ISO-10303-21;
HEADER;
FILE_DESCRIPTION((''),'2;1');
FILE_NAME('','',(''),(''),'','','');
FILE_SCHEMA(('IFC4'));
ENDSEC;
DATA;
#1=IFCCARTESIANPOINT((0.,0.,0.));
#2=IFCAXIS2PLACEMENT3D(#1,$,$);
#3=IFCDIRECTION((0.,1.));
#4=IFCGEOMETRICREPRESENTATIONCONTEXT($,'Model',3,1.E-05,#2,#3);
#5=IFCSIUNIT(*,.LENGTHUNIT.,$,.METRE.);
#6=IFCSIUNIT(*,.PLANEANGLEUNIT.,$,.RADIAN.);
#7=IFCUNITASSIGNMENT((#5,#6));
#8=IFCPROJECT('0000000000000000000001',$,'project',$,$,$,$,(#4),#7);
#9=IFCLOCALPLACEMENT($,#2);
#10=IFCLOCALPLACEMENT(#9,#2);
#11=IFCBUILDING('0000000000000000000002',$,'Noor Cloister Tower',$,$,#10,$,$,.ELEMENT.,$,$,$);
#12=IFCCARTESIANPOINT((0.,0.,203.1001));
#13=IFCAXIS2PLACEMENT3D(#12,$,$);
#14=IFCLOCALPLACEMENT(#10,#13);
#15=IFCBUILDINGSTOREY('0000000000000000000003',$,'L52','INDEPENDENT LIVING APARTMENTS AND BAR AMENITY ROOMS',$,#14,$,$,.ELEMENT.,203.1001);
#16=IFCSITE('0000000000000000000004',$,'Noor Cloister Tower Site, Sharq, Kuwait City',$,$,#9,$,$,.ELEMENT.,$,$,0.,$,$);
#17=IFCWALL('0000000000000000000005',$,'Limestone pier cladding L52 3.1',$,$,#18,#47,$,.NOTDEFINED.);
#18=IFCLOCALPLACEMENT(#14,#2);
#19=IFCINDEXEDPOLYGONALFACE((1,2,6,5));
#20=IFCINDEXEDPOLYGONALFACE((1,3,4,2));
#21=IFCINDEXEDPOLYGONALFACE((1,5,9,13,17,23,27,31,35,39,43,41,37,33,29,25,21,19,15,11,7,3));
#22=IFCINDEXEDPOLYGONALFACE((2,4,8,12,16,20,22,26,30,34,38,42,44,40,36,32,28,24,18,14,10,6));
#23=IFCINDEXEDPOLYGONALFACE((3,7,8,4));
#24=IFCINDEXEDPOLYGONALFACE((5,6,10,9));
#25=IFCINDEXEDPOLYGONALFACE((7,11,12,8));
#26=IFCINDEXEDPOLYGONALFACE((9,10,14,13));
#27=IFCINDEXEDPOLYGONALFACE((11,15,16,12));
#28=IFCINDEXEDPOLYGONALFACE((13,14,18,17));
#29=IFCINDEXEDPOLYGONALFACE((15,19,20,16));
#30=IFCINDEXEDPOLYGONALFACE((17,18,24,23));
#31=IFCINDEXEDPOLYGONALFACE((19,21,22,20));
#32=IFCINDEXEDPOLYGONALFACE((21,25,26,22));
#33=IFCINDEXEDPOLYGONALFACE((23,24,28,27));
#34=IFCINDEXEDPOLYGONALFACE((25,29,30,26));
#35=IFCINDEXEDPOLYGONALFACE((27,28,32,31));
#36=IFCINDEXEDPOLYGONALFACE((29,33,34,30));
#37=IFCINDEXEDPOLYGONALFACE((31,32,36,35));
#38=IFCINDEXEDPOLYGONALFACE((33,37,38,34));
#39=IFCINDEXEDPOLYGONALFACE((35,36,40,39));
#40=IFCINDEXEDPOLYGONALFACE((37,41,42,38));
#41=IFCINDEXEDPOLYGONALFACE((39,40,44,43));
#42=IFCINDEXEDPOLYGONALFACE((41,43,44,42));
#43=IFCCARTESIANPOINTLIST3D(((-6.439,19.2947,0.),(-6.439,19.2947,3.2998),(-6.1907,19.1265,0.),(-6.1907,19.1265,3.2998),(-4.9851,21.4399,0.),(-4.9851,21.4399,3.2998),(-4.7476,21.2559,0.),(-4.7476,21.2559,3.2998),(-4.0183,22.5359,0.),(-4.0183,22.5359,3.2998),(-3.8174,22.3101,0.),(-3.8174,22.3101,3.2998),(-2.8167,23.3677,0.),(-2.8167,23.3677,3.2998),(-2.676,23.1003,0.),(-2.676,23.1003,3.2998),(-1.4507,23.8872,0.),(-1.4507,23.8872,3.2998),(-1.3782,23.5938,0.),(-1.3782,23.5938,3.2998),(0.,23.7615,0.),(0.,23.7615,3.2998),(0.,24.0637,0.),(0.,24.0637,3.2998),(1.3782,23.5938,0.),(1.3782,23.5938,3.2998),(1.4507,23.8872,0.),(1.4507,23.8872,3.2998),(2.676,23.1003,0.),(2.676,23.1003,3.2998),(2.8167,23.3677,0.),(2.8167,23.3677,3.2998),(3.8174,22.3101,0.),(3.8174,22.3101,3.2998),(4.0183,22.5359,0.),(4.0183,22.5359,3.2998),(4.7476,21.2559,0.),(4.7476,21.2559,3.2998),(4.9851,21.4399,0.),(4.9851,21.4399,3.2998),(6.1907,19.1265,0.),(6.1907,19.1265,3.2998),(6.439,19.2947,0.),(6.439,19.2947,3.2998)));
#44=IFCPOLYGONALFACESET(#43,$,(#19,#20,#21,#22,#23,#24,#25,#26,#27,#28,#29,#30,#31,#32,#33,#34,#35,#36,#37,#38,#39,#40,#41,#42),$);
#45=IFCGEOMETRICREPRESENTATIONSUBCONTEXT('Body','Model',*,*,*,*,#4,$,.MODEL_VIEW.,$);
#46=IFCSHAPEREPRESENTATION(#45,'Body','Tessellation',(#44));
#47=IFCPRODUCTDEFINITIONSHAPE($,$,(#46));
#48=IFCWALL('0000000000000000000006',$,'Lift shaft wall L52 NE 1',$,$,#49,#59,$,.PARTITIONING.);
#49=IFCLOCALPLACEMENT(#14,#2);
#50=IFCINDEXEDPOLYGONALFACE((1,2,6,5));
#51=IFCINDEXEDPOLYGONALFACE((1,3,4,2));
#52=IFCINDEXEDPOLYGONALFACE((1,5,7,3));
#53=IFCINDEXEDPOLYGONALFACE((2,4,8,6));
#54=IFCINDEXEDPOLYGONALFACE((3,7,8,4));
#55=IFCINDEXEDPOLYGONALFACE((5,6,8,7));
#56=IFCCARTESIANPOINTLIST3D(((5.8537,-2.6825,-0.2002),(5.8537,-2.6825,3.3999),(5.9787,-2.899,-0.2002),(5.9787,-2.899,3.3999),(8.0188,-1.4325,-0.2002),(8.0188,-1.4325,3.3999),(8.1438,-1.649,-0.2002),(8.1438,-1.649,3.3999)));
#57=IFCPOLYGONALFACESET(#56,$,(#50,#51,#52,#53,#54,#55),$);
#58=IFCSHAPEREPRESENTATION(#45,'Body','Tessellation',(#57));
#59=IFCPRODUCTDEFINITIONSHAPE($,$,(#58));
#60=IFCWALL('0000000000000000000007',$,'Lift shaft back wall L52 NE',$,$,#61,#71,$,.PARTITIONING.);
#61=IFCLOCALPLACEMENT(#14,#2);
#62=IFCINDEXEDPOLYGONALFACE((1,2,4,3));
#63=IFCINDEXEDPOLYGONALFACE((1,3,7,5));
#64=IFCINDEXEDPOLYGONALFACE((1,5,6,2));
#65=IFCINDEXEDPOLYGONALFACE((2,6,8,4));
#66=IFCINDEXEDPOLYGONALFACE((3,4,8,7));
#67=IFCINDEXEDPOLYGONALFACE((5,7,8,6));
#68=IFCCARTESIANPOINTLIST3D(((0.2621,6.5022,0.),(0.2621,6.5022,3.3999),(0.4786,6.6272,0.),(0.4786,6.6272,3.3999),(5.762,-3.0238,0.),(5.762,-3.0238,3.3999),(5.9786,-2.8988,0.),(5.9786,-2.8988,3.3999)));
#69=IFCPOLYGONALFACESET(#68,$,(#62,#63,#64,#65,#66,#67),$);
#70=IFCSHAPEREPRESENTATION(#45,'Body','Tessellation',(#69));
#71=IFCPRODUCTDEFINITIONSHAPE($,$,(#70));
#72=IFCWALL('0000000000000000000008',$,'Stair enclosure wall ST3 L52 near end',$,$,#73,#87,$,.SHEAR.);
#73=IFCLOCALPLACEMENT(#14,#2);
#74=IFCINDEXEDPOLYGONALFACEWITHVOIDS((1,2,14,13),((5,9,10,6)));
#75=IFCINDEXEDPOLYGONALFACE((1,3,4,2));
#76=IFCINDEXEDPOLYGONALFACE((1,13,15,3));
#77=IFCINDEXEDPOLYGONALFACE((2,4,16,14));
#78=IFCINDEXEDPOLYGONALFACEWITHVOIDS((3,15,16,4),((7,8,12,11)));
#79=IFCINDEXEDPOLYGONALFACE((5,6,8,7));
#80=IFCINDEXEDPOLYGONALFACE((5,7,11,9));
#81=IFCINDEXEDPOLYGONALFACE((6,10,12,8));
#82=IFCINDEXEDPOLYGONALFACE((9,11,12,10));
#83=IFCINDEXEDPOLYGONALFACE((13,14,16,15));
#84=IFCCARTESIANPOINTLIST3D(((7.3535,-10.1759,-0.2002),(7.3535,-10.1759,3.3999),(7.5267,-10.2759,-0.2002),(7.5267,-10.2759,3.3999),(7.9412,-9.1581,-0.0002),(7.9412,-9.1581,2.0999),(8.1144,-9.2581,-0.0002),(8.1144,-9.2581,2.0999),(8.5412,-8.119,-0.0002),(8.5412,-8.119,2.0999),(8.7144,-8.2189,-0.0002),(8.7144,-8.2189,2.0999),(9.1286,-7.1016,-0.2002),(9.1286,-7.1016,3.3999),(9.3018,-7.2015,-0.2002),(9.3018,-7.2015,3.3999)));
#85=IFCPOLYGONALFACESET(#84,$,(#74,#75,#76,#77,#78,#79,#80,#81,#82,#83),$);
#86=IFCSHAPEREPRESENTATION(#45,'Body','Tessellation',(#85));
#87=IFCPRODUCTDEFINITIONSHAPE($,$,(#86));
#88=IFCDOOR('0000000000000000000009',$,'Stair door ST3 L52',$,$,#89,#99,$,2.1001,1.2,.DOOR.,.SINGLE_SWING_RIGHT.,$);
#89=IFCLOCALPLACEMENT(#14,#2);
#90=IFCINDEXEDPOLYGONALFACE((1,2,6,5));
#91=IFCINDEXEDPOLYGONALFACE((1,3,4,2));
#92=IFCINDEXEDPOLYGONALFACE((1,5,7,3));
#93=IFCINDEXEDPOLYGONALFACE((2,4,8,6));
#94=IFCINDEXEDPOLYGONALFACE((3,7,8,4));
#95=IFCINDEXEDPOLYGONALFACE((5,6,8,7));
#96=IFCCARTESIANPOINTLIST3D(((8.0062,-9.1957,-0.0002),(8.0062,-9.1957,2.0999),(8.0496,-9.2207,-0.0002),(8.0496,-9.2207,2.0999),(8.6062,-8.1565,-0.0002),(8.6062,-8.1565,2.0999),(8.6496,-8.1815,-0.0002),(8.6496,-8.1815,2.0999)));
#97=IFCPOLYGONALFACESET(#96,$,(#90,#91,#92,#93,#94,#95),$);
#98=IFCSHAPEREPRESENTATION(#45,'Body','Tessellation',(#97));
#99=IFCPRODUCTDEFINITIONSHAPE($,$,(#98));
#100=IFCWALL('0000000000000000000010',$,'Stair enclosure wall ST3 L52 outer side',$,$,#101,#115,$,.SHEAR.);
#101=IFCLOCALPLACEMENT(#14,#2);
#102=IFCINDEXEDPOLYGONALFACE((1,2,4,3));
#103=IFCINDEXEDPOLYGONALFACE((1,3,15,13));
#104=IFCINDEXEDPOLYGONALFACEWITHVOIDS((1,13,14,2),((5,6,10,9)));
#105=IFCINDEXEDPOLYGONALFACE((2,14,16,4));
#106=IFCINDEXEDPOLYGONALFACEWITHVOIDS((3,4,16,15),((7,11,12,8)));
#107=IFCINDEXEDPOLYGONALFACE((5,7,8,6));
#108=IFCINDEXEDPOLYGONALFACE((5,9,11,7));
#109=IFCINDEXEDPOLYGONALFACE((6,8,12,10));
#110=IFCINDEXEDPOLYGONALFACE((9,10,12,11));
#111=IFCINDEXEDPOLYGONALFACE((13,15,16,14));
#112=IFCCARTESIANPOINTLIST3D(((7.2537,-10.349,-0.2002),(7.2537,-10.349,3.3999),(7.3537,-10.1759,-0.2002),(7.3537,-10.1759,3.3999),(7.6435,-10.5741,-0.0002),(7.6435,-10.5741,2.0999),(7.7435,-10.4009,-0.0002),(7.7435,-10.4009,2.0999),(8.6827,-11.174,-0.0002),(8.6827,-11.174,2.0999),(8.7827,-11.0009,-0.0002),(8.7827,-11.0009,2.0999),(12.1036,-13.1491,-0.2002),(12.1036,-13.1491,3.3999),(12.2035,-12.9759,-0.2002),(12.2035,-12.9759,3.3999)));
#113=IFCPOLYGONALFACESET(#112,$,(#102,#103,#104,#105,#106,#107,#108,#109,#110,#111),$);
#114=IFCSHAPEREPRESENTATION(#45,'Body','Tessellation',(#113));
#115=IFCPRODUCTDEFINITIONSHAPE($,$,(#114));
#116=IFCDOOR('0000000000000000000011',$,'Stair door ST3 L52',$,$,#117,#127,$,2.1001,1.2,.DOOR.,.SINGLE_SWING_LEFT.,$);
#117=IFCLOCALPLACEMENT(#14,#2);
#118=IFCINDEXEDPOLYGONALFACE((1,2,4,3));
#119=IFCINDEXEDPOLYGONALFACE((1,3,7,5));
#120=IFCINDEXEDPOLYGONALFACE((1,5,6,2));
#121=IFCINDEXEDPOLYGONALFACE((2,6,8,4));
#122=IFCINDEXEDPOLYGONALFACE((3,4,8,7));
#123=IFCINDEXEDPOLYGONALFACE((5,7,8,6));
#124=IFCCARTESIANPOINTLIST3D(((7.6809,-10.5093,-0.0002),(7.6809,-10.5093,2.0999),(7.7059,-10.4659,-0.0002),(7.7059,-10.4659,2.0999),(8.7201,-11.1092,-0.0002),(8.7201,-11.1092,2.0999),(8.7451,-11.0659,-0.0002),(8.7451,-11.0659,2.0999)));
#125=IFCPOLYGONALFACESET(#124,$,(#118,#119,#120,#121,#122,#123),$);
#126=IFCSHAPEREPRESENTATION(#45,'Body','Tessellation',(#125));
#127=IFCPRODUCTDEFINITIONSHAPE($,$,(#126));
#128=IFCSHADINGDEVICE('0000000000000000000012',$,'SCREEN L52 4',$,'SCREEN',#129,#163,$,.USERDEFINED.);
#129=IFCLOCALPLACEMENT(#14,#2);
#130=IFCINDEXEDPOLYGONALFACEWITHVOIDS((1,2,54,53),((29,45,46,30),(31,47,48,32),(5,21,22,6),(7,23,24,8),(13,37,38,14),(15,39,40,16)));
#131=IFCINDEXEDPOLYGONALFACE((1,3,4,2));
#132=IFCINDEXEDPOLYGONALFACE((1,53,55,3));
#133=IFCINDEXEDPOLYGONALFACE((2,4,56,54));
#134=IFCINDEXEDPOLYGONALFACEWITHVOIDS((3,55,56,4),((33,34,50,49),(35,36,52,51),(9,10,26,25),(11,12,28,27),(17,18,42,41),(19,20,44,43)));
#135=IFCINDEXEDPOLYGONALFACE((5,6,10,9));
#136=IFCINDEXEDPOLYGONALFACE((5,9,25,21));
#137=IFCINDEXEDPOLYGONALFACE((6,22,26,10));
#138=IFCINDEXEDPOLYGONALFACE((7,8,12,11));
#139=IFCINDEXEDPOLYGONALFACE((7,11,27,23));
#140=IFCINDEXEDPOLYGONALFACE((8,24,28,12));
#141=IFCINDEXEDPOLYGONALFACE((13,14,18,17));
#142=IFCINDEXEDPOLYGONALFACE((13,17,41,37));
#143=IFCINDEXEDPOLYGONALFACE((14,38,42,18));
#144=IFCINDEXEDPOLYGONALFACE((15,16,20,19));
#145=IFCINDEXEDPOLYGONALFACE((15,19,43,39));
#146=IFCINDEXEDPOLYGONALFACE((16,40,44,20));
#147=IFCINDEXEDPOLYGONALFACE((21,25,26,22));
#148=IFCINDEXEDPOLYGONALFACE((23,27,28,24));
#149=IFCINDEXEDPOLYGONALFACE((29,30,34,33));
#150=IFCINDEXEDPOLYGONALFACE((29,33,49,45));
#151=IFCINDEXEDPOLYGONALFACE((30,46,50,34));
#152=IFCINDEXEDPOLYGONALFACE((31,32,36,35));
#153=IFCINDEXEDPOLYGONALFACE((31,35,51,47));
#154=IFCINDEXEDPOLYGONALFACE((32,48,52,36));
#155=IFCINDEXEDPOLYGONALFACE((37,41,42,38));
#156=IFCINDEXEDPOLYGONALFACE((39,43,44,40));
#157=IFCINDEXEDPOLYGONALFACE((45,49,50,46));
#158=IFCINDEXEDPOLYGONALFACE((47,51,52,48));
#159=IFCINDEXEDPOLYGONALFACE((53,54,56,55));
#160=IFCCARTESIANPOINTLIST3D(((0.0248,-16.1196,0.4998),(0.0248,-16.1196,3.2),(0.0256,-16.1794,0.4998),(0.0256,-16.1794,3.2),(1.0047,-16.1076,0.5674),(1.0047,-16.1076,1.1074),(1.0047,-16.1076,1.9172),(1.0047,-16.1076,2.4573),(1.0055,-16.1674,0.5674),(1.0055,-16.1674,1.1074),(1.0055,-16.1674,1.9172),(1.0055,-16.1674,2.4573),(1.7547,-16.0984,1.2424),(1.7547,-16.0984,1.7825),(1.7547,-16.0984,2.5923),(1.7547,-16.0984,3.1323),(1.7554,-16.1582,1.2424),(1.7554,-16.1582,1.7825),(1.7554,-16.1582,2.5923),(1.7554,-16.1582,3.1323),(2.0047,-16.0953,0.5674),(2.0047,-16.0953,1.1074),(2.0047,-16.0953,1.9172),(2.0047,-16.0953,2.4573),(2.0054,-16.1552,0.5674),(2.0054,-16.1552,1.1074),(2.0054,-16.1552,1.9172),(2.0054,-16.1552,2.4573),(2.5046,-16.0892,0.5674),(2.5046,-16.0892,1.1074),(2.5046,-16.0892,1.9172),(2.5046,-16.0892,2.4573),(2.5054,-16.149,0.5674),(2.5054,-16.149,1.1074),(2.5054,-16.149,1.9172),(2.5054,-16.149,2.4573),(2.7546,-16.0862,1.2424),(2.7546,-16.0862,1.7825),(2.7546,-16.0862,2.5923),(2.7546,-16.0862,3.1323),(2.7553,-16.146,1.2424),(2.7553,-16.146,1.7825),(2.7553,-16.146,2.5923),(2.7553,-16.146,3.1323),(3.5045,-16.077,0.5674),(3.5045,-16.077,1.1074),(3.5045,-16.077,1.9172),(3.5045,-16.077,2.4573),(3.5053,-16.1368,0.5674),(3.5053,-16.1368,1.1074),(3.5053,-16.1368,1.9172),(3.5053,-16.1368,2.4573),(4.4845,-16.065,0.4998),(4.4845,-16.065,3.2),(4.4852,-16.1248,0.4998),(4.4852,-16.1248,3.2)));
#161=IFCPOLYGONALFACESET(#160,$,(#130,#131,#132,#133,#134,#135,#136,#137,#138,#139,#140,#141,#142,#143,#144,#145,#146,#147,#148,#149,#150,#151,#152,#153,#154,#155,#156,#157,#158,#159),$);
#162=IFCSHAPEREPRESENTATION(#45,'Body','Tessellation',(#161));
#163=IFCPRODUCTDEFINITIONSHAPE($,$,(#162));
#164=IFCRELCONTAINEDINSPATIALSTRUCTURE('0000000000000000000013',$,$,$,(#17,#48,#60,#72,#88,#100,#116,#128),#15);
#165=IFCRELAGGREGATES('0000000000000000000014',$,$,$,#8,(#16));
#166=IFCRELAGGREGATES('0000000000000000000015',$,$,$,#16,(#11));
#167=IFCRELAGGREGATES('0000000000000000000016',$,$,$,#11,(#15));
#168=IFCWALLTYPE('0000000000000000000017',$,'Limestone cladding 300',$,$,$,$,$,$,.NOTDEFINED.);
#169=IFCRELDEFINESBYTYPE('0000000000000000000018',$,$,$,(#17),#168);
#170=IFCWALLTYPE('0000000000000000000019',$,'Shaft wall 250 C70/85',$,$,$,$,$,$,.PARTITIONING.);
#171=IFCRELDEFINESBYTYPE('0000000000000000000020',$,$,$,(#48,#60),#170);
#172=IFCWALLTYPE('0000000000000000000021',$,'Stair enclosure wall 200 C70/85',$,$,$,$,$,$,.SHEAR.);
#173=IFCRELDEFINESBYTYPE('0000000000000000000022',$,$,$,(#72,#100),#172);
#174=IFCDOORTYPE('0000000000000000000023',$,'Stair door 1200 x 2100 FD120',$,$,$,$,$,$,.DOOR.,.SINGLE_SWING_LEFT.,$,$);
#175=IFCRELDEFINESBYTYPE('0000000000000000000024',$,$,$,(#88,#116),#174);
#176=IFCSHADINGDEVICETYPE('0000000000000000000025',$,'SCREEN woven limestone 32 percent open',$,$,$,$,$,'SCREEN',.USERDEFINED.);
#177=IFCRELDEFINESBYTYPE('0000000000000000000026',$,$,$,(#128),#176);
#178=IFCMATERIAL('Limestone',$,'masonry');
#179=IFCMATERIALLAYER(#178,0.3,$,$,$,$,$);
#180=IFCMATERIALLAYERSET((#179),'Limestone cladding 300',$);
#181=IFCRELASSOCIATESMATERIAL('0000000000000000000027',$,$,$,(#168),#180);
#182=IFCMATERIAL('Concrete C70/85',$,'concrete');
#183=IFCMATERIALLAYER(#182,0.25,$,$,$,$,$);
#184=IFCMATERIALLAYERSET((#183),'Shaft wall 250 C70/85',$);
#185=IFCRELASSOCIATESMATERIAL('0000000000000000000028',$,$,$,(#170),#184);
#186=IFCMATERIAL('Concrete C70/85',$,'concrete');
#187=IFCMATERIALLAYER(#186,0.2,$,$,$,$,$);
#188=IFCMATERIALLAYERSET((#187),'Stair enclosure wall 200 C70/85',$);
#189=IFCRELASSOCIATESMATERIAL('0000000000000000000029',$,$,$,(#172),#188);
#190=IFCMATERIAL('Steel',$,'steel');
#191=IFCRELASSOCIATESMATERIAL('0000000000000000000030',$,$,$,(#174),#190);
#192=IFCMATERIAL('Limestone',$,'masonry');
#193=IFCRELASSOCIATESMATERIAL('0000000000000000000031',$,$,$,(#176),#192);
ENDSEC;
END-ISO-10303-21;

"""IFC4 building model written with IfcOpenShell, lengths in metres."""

from ifc_helpers import new_model, si_unit, direction, frame, frame_2d, origin, place, context, subcontext, project, spatial, polyline, rectangle, outline, extrude, material, layer, layer_set, material_profile, profile_set, type_object, element, fill, save


model = new_model("IFC4")

# Units and contexts
model_context = context("Model", 3, precision=1e-05, world=origin(), true_north=direction((0.0, 1.0)))
body_context = subcontext(model_context, "Body", "Model", "MODEL_VIEW")
ifc_project = project(units=[si_unit("LENGTHUNIT", "METRE"), si_unit("PLANEANGLEUNIT", "RADIAN")], contexts=[model_context])

# Site, building, storey
site_placement = place(None, origin())
site = spatial("IfcSite", under=ifc_project, at=site_placement, Name="Noor Cloister Tower Site, Sharq, Kuwait City", CompositionType="ELEMENT", RefElevation=0.0)
building_placement = place(site_placement, origin())
building = spatial("IfcBuilding", under=site, at=building_placement, Name="Noor Cloister Tower", CompositionType="ELEMENT")
storey_placement = place(building_placement, frame((0.0, 0.0, 203.1001)))
storey = spatial("IfcBuildingStorey", under=building, at=storey_placement, Name="L52", Description="INDEPENDENT LIVING APARTMENTS AND BAR AMENITY ROOMS", CompositionType="ELEMENT", Elevation=203.1001)

# Walls
ifc_material_1 = material(Name="Limestone", Category="masonry")
ifc_layer_1 = layer(ifc_material_1, 0.3)
ifc_layer_set_1 = layer_set([ifc_layer_1], Name="Limestone cladding 300")
wall_type_1 = type_object("IfcWallType", Name="Limestone cladding 300", PredefinedType="NOTDEFINED", material=ifc_layer_set_1)
wall_1_placement = place(storey_placement, origin())
element("IfcWall", 1, at=wall_1_placement, inside=storey, type_object=wall_type_1, Name="Limestone pier cladding L52 3.1", PredefinedType="NOTDEFINED", context=body_context, shape_type="SweptSolid", body=[
    extrude(outline(polyline([(6.439, 19.2947), (4.9851, 21.4399), (4.0183, 22.5359), (2.8167, 23.3677), (1.4507, 23.8872), (0.0, 24.0637), (-1.4507, 23.8872), (-2.8167, 23.3677), (-4.0183, 22.5359), (-4.9851, 21.4399), (-6.439, 19.2947), (-6.1907, 19.1265), (-4.7476, 21.2559), (-3.8174, 22.3101), (-2.676, 23.1003), (-1.3782, 23.5938), (0.0, 23.7615), (1.3782, 23.5938), (2.676, 23.1003), (3.8174, 22.3101), (4.7476, 21.2559), (6.1907, 19.1265), (6.439, 19.2947)])), origin(), (0.0, 0.0, 1.0), 3.2998),
])
ifc_material_2 = material(Name="Concrete C70/85", Category="concrete")
ifc_layer_2 = layer(ifc_material_2, 0.25)
ifc_layer_set_2 = layer_set([ifc_layer_2], Name="Shaft wall 250 C70/85")
wall_type_2 = type_object("IfcWallType", Name="Shaft wall 250 C70/85", PredefinedType="PARTITIONING", material=ifc_layer_set_2)
wall_2_placement = place(storey_placement, frame((8.0813, -1.5408, -0.2002), z_axis=(0.0, 0.0, 1.0), x_axis=(-0.866023, -0.500004, 0.0)))
element("IfcWall", 2, at=wall_2_placement, inside=storey, type_object=wall_type_2, Name="Lift shaft wall L52 NE 1", PredefinedType="PARTITIONING", context=body_context, shape_type="SweptSolid", body=[
    extrude(rectangle(XDim=2.5, YDim=0.25, at=frame_2d((1.25, 0.0))), origin(), (0.0, 0.0, 1.0), 3.6001),
])
wall_3_placement = place(storey_placement, frame((5.8704, -2.9614, 0.0), z_axis=(0.0, 0.0, 1.0), x_axis=(-0.500006, 0.866022, 0.0)))
element("IfcWall", 3, at=wall_3_placement, inside=storey, type_object=wall_type_2, Name="Lift shaft back wall L52 NE", PredefinedType="PARTITIONING", context=body_context, shape_type="SweptSolid", body=[
    extrude(rectangle(XDim=10.9998, YDim=0.25, at=frame_2d((5.5, 0.0))), origin(), (0.0, 0.0, 1.0), 3.3999),
])

# Walls, openings, doors
ifc_material_3 = material(Name="Concrete C70/85", Category="concrete")
ifc_layer_3 = layer(ifc_material_3, 0.2)
ifc_layer_set_3 = layer_set([ifc_layer_3], Name="Stair enclosure wall 200 C70/85")
wall_type_3 = type_object("IfcWallType", Name="Stair enclosure wall 200 C70/85", PredefinedType="SHEAR", material=ifc_layer_set_3)
wall_4_placement = place(storey_placement, frame((7.4402, -10.2258, -0.2002), z_axis=(0.0, 0.0, 1.0), x_axis=(0.500022, 0.866013, 0.0)))
wall_4 = element("IfcWall", 4, at=wall_4_placement, inside=storey, type_object=wall_type_3, Name="Stair enclosure wall ST3 L52 near end", PredefinedType="SHEAR", context=body_context, shape_type="SweptSolid", body=[
    extrude(rectangle(XDim=3.55, YDim=0.2, at=frame_2d((1.7749, 0.0))), origin(), (0.0, 0.0, 1.0), 3.6001),
])
opening_1_placement = place(wall_4_placement, frame((1.175, 0.0, 0.2)))
opening_1 = element("IfcOpeningElement", 5, at=opening_1_placement, cuts=wall_4, PredefinedType="OPENING", context=body_context, shape_type="SweptSolid", body=[
    extrude(rectangle(XDim=1.2, YDim=2.1001, at=frame_2d((0.6001, 1.05))), frame((0.0, 0.1099, 0.0), z_axis=(0.0, -1.0, 0.0), x_axis=(1.0, 0.0, 0.0)), (0.0, 0.0, 1.0), 0.22),
])
ifc_material_4 = material(Name="Steel", Category="steel")
door_type_1 = type_object("IfcDoorType", Name="Stair door 1200 x 2100 FD120", OperationType="SINGLE_SWING_LEFT", PredefinedType="DOOR", material=ifc_material_4)
door_1_placement = place(opening_1_placement, origin())
door_1 = element("IfcDoor", 6, at=door_1_placement, inside=storey, type_object=door_type_1, Name="Stair door ST3 L52", OperationType="SINGLE_SWING_RIGHT", OverallHeight=2.1001, OverallWidth=1.2, PredefinedType="DOOR", context=body_context, shape_type="SweptSolid", body=[
    extrude(rectangle(XDim=1.2, YDim=2.1001, at=frame_2d((0.6001, 1.05))), frame((0.0, 0.0249, 0.0), z_axis=(0.0, -1.0, 0.0), x_axis=(1.0, 0.0, 0.0)), (0.0, 0.0, 1.0), 0.05),
])
fill(opening_1, door_1)
wall_5_placement = place(storey_placement, frame((7.3037, -10.2625, -0.2002), z_axis=(0.0, 0.0, 1.0), x_axis=(0.866027, -0.499998, 0.0)))
wall_5 = element("IfcWall", 7, at=wall_5_placement, inside=storey, type_object=wall_type_3, Name="Stair enclosure wall ST3 L52 outer side", PredefinedType="SHEAR", context=body_context, shape_type="SweptSolid", body=[
    extrude(rectangle(XDim=5.6001, YDim=0.2, at=frame_2d((2.8, 0.0))), origin(), (0.0, 0.0, 1.0), 3.6001),
])
opening_2_placement = place(wall_5_placement, frame((0.45, 0.0, 0.2)))
opening_2 = element("IfcOpeningElement", 8, at=opening_2_placement, cuts=wall_5, PredefinedType="OPENING", context=body_context, shape_type="SweptSolid", body=[
    extrude(rectangle(XDim=1.2, YDim=2.1001, at=frame_2d((0.6001, 1.05))), frame((0.0, 0.1099, 0.0), z_axis=(0.0, -1.0, 0.0), x_axis=(1.0, 0.0, 0.0)), (0.0, 0.0, 1.0), 0.22),
])
door_2_placement = place(opening_2_placement, origin())
door_2 = element("IfcDoor", 9, at=door_2_placement, inside=storey, type_object=door_type_1, Name="Stair door ST3 L52", OperationType="SINGLE_SWING_LEFT", OverallHeight=2.1001, OverallWidth=1.2, PredefinedType="DOOR", context=body_context, shape_type="SweptSolid", body=[
    extrude(rectangle(XDim=1.2, YDim=2.1001, at=frame_2d((0.6001, 1.05))), frame((0.0, 0.0249, 0.0), z_axis=(0.0, -1.0, 0.0), x_axis=(1.0, 0.0, 0.0)), (0.0, 0.0, 1.0), 0.05),
])
fill(opening_2, door_2)

# Shading device
ifc_material_5 = material(Name="Limestone", Category="masonry")
ifc_material_profile_1 = material_profile(ifc_material_5, outline(polyline([(-2.23, -1.3501), (2.23, -1.3501), (2.23, 1.3501), (-2.23, 1.3501), (-2.23, -1.3501)]), holes=[polyline([(-1.25, -1.2825), (-0.25, -1.2825), (-0.25, -0.7424), (-1.25, -0.7424), (-1.25, -1.2825)]), polyline([(0.25, -1.2825), (1.25, -1.2825), (1.25, -0.7424), (0.25, -0.7424), (0.25, -1.2825)]), polyline([(-0.5, -0.6074), (0.5, -0.6074), (0.5, -0.0674), (-0.5, -0.0674), (-0.5, -0.6074)]), polyline([(-1.25, 0.0674), (-0.25, 0.0674), (-0.25, 0.6074), (-1.25, 0.6074), (-1.25, 0.0674)]), polyline([(0.25, 0.0674), (1.25, 0.0674), (1.25, 0.6074), (0.25, 0.6074), (0.25, 0.0674)]), polyline([(-0.5, 0.7424), (0.5, 0.7424), (0.5, 1.2825), (-0.5, 1.2825), (-0.5, 0.7424)])]), Name="Woven screen 32 percent open")
ifc_profile_set_1 = profile_set([ifc_material_profile_1], Name="Limestone")
shading_device_type_1 = type_object("IfcShadingDeviceType", Name="SCREEN woven limestone 32 percent open", ElementType="SCREEN", PredefinedType="USERDEFINED", material=ifc_profile_set_1)
shading_device_1_placement = place(storey_placement, frame((2.2546, -16.0923, 1.8499), z_axis=(0.012244, -0.999925, 0.0), x_axis=(0.999925, 0.012244, 0.0)))
element("IfcShadingDevice", 10, at=shading_device_1_placement, inside=storey, type_object=shading_device_type_1, Name="SCREEN L52 4", ObjectType="SCREEN", PredefinedType="USERDEFINED", context=body_context, shape_type="SweptSolid", body=[
    extrude(outline(polyline([(-2.23, -1.3501), (2.23, -1.3501), (2.23, 1.3501), (-2.23, 1.3501), (-2.23, -1.3501)]), holes=[polyline([(-1.25, -1.2825), (-0.25, -1.2825), (-0.25, -0.7424), (-1.25, -0.7424), (-1.25, -1.2825)]), polyline([(0.25, -1.2825), (1.25, -1.2825), (1.25, -0.7424), (0.25, -0.7424), (0.25, -1.2825)]), polyline([(-0.5, -0.6074), (0.5, -0.6074), (0.5, -0.0674), (-0.5, -0.0674), (-0.5, -0.6074)]), polyline([(-1.25, 0.0674), (-0.25, 0.0674), (-0.25, 0.6074), (-1.25, 0.6074), (-1.25, 0.0674)]), polyline([(0.25, 0.0674), (1.25, 0.0674), (1.25, 0.6074), (0.25, 0.6074), (0.25, 0.0674)]), polyline([(-0.5, 0.7424), (0.5, 0.7424), (0.5, 1.2825), (-0.5, 1.2825), (-0.5, 0.7424)])]), origin(), (0.0, 0.0, 1.0), 0.0598),
])

save(model, "model.ifc")
